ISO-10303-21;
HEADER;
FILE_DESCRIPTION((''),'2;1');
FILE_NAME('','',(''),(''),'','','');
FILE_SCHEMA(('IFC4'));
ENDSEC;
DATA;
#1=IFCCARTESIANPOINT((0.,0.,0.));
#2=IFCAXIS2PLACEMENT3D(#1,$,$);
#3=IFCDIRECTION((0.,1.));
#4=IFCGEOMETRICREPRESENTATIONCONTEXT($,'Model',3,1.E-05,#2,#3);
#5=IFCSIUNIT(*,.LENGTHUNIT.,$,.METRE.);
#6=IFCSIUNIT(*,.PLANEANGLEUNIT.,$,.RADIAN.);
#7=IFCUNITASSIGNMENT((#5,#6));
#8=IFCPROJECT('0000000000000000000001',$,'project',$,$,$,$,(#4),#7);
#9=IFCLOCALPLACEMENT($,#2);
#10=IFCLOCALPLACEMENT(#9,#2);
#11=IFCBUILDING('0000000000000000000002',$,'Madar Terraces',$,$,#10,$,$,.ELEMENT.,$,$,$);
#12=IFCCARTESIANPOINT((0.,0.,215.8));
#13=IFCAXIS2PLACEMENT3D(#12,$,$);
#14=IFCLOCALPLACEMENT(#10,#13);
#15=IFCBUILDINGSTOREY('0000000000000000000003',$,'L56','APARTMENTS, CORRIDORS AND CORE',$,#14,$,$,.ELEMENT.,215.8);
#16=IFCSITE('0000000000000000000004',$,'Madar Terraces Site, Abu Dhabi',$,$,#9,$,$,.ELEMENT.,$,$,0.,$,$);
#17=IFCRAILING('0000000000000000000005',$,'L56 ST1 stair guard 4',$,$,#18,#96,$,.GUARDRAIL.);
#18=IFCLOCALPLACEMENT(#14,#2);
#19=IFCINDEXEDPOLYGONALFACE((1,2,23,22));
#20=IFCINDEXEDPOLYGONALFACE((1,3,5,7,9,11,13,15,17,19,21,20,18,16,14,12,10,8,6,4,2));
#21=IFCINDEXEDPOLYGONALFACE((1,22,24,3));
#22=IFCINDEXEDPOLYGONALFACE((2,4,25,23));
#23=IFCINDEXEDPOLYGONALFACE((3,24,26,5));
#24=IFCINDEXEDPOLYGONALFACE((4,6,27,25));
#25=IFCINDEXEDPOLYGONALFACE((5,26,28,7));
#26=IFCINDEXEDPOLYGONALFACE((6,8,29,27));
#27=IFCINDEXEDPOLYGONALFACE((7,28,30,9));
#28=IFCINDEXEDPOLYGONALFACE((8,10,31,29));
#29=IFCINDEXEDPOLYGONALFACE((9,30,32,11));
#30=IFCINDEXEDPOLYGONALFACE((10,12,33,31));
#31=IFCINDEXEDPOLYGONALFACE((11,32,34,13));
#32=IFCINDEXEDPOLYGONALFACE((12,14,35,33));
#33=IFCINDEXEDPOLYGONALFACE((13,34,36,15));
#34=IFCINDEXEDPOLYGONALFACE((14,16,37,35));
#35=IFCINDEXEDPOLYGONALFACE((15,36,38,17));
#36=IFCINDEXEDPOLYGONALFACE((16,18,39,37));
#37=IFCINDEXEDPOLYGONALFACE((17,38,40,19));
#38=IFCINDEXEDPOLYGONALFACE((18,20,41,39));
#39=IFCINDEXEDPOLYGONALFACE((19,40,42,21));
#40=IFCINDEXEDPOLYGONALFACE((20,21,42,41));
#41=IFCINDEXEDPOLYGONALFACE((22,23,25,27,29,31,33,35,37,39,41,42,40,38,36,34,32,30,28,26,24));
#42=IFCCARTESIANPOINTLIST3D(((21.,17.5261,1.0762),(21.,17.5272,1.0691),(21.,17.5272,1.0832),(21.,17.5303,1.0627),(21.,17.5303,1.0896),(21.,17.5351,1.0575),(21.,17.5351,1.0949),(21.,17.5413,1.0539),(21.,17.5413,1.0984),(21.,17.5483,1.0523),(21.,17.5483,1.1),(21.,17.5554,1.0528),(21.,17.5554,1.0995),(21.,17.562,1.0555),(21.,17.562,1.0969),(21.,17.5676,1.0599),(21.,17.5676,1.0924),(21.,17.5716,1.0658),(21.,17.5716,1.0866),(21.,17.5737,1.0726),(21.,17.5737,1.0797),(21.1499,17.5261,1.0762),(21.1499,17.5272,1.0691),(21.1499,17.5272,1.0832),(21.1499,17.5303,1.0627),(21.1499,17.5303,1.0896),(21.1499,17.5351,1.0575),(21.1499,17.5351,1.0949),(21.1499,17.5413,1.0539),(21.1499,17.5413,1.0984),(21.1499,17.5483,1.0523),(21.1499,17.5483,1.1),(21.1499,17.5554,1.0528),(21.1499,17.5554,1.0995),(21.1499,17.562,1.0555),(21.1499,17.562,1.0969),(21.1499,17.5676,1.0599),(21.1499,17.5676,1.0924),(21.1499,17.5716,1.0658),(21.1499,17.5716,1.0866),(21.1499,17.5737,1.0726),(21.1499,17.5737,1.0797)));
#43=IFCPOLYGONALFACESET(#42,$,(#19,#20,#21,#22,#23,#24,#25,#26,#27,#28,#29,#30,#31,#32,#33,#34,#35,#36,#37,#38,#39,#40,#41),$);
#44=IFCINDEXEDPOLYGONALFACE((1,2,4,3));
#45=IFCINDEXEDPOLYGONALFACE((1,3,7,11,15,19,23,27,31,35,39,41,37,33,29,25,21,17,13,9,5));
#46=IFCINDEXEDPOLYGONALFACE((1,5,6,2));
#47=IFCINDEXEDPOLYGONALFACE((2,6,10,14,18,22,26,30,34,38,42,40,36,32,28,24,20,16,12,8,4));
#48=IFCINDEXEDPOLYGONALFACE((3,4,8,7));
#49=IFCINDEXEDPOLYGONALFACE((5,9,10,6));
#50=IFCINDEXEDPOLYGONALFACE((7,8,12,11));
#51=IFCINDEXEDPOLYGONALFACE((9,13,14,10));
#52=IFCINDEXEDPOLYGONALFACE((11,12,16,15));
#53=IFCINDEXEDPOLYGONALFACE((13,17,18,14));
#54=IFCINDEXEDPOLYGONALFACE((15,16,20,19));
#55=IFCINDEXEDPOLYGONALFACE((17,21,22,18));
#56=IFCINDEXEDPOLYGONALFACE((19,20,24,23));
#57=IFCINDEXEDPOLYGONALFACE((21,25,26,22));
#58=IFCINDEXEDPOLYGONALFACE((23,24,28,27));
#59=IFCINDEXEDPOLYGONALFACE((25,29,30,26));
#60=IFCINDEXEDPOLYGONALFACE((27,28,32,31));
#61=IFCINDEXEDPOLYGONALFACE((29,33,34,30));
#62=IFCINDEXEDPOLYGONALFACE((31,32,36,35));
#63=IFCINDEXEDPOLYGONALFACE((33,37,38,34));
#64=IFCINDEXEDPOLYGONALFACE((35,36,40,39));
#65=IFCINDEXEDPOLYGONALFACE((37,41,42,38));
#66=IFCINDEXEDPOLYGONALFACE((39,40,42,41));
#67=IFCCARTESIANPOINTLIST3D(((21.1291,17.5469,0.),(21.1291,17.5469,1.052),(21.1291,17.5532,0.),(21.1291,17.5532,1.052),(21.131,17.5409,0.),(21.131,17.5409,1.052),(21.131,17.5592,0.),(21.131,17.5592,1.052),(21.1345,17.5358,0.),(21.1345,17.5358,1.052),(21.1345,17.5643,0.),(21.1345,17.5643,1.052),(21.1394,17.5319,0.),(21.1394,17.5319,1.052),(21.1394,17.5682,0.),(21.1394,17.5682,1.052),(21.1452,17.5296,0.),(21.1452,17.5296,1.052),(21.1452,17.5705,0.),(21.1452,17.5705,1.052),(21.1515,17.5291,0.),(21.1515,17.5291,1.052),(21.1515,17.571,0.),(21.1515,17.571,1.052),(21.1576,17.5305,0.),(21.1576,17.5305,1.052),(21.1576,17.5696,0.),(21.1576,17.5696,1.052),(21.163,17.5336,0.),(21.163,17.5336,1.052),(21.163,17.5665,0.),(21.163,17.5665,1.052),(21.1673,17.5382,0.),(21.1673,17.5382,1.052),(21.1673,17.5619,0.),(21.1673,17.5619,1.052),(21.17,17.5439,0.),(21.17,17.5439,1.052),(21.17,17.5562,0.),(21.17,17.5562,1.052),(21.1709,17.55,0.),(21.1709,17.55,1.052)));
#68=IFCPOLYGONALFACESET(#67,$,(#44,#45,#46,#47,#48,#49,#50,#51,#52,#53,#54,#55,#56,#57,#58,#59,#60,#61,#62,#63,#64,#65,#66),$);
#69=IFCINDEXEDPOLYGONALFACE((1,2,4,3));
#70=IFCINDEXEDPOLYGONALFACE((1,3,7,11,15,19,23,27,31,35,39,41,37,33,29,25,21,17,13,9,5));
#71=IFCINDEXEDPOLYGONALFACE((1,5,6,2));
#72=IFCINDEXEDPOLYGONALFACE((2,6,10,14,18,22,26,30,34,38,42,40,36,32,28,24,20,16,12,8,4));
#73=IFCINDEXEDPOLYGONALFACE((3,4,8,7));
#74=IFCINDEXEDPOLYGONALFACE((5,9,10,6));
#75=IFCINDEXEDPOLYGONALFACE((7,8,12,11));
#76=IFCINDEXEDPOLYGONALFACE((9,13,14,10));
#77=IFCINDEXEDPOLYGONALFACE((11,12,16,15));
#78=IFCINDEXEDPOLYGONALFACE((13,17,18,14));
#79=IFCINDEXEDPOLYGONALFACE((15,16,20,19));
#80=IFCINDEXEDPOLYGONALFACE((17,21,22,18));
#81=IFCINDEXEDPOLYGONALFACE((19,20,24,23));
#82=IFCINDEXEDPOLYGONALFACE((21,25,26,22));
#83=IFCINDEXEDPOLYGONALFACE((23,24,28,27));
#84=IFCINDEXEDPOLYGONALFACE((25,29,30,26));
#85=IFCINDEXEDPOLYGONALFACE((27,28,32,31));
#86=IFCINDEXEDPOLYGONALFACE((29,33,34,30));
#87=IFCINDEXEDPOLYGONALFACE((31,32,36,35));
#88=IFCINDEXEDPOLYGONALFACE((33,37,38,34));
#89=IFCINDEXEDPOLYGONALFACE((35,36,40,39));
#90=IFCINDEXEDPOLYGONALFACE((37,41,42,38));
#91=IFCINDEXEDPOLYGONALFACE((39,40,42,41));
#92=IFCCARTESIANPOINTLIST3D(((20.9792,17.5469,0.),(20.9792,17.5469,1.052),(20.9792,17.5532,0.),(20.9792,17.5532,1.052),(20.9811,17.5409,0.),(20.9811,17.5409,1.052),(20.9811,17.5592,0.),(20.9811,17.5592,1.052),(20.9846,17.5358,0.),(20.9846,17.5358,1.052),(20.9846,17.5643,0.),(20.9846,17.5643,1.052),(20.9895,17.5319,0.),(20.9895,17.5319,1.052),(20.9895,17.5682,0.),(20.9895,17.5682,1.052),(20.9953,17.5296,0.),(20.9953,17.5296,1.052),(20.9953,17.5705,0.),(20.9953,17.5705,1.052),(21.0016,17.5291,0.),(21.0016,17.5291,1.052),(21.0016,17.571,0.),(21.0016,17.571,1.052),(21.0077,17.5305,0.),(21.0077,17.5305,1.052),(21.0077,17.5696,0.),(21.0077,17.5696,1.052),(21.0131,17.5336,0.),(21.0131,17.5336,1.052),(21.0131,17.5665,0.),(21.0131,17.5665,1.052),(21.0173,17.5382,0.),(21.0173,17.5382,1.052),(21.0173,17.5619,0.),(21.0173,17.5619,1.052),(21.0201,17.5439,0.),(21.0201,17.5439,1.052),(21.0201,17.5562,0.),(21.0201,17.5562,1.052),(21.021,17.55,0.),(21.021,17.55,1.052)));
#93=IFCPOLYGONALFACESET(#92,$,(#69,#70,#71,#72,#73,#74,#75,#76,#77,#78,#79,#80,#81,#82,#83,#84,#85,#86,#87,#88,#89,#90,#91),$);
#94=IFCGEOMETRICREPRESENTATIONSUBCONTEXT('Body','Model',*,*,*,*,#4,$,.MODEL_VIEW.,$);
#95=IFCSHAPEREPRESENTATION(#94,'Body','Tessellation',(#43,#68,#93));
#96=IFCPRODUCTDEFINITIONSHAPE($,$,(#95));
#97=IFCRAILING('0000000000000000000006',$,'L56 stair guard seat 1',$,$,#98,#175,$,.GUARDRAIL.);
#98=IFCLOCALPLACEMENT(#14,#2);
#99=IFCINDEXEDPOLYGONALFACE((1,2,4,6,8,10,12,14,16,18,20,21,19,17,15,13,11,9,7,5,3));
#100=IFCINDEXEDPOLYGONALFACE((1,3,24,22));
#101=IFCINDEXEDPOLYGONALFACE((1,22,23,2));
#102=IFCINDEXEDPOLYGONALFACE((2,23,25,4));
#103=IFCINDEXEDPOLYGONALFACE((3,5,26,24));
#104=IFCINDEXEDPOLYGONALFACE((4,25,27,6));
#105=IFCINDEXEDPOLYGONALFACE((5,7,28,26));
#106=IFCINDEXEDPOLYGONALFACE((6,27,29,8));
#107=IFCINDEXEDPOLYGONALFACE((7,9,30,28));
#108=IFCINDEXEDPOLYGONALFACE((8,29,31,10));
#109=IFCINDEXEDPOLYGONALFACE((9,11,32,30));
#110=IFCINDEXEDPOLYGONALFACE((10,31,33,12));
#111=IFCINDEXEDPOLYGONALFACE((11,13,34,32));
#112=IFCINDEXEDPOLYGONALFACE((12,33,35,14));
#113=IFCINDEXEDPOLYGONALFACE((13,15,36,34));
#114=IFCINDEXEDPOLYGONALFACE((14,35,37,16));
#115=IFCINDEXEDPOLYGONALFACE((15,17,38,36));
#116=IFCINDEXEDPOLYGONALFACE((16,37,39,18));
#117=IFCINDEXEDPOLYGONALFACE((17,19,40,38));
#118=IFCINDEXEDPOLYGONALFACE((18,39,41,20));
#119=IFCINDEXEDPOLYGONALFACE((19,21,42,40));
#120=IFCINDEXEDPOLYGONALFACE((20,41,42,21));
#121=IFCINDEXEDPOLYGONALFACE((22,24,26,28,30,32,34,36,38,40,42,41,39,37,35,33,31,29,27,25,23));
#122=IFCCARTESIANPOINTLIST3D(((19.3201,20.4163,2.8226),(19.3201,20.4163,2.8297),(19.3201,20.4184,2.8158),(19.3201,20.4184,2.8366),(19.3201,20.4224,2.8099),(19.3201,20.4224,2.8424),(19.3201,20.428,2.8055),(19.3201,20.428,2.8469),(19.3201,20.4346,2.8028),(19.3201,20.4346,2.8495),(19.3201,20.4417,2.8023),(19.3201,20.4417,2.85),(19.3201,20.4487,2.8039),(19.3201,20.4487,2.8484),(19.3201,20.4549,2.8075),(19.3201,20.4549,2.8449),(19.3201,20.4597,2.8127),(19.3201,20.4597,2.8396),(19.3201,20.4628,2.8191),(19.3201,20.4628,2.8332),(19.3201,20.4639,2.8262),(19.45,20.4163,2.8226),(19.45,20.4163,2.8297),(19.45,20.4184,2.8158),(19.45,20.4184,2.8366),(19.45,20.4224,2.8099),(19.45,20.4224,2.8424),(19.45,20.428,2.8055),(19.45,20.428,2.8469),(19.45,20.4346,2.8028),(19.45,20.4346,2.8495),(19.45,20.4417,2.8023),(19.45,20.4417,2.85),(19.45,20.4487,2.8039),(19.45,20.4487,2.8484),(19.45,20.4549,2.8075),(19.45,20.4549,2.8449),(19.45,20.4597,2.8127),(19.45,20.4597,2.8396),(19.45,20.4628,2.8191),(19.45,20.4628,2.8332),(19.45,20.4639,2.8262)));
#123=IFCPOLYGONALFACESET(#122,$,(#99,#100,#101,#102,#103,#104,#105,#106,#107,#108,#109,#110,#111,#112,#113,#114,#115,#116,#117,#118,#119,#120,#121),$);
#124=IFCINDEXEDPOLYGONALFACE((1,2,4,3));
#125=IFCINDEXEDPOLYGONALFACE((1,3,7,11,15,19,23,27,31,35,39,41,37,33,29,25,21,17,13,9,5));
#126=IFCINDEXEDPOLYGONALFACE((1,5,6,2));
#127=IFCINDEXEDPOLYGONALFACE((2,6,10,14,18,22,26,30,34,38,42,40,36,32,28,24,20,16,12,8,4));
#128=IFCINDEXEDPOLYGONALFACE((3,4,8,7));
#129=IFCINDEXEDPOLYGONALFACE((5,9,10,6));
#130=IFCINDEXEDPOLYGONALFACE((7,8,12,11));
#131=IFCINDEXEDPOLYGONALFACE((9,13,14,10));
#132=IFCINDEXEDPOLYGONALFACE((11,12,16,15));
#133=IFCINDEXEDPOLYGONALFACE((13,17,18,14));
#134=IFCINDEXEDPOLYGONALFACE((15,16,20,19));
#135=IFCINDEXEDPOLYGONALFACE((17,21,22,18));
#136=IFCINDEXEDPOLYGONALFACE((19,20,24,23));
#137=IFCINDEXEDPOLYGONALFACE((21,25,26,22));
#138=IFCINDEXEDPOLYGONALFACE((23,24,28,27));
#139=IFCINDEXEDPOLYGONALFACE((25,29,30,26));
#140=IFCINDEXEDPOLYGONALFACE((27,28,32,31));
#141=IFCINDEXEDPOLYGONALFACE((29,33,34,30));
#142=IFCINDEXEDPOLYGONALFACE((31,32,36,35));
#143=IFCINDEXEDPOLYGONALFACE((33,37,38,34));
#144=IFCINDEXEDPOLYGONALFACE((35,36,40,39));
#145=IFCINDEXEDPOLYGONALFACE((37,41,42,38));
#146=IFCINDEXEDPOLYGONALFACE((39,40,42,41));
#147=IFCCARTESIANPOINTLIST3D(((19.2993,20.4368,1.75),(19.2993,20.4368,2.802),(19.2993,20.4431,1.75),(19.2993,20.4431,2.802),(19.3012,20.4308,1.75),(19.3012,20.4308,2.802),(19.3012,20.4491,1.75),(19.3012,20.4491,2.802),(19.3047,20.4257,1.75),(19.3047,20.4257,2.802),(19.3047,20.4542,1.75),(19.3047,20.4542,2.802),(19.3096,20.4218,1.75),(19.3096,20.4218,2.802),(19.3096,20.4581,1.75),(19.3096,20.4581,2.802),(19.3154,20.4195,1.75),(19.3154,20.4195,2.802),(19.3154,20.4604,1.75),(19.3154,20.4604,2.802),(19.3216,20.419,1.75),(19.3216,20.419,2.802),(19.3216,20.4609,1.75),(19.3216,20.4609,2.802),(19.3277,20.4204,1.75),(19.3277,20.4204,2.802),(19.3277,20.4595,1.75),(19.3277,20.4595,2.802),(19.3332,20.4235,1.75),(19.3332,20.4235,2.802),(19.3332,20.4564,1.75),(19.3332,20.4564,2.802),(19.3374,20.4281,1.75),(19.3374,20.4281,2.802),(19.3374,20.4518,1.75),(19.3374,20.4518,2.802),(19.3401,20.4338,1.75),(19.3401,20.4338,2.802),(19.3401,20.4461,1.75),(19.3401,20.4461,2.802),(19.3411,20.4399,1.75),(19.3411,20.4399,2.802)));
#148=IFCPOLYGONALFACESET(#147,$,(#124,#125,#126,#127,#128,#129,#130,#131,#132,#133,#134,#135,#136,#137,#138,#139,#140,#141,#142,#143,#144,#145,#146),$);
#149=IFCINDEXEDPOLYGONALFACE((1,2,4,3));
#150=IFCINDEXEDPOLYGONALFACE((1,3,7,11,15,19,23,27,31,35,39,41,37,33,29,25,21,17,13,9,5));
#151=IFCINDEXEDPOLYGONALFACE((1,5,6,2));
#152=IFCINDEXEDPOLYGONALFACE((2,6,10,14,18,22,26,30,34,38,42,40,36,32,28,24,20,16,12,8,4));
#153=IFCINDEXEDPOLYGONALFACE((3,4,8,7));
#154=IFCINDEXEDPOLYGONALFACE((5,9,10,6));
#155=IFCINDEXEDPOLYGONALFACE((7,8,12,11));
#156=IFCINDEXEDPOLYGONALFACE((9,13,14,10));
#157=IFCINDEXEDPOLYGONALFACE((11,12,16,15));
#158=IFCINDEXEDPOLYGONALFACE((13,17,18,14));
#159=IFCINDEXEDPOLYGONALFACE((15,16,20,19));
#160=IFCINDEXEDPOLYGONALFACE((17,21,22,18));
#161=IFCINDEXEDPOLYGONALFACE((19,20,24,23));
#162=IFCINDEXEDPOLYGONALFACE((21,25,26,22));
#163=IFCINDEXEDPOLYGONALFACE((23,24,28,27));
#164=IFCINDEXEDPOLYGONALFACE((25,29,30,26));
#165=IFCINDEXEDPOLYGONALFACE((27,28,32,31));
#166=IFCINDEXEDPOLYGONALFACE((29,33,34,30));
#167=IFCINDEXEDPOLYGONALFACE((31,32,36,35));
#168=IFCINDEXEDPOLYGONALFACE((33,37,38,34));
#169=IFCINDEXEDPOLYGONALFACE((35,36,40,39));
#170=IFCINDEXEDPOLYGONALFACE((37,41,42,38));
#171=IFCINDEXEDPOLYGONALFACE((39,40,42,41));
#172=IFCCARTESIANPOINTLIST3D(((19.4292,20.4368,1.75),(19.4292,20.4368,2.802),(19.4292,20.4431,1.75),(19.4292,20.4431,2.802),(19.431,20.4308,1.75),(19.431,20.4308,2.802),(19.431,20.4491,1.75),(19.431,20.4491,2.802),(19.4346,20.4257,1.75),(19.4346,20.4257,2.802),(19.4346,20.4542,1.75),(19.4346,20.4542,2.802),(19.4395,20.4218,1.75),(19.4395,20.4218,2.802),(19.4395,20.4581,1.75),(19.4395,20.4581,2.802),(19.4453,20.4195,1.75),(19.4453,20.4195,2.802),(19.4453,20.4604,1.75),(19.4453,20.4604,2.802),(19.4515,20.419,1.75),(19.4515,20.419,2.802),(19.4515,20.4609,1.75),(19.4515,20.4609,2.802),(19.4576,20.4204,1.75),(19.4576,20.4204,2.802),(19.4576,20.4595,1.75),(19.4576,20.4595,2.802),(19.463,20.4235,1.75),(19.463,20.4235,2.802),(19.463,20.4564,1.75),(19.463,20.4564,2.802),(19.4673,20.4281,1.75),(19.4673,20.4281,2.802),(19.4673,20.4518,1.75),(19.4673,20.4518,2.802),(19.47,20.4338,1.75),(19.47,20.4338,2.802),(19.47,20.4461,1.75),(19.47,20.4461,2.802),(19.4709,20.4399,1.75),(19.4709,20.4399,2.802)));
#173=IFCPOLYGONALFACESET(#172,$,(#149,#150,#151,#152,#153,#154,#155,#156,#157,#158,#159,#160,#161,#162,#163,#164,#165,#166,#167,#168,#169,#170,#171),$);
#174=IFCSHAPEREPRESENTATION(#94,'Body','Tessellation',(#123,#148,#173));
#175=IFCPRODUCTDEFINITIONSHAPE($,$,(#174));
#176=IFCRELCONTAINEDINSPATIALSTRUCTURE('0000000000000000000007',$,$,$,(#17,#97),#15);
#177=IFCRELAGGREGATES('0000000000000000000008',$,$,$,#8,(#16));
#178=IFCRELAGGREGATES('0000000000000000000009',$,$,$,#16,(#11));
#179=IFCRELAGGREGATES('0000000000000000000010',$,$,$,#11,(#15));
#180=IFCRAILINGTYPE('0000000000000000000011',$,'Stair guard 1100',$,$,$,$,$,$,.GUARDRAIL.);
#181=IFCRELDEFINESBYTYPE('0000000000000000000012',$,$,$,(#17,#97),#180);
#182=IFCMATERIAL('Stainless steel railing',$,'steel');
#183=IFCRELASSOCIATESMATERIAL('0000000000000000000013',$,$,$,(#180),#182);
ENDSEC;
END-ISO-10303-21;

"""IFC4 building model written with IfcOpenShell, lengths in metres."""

from ifc_helpers import new_model, si_unit, direction, frame, origin, origin_2d, place, context, subcontext, project, spatial, circle, extrude, material, type_object, element, save


model = new_model("IFC4")

# Units and contexts
model_context = context("Model", 3, precision=1e-05, world=origin(), true_north=direction((0.0, 1.0)))
body_context = subcontext(model_context, "Body", "Model", "MODEL_VIEW")
ifc_project = project(units=[si_unit("LENGTHUNIT", "METRE"), si_unit("PLANEANGLEUNIT", "RADIAN")], contexts=[model_context])

# Site, building, storey
site_placement = place(None, origin())
site = spatial("IfcSite", under=ifc_project, at=site_placement, Name="Madar Terraces Site, Abu Dhabi", CompositionType="ELEMENT", RefElevation=0.0)
building_placement = place(site_placement, origin())
building = spatial("IfcBuilding", under=site, at=building_placement, Name="Madar Terraces", CompositionType="ELEMENT")
storey_placement = place(building_placement, frame((0.0, 0.0, 215.8)))
storey = spatial("IfcBuildingStorey", under=building, at=storey_placement, Name="L56", Description="APARTMENTS, CORRIDORS AND CORE", CompositionType="ELEMENT", Elevation=215.8)

# Railings
ifc_material_1 = material(Name="Stainless steel railing", Category="steel")
railing_type_1 = type_object("IfcRailingType", Name="Stair guard 1100", PredefinedType="GUARDRAIL", material=ifc_material_1)
railing_1_placement = place(storey_placement, frame((21.1499, 17.55, 0.0)))
element("IfcRailing", 1, at=railing_1_placement, inside=storey, type_object=railing_type_1, Name="L56 ST1 stair guard 4", PredefinedType="GUARDRAIL", context=body_context, shape_type="SweptSolid", body=[
    extrude(circle(Radius=0.0239, at=origin_2d()), frame((0.0, 0.0, 1.0762), z_axis=(-1.0, 0.0, 0.0), x_axis=(0.0, -1.0, 0.0)), (0.0, 0.0, 1.0), 0.1499),
    extrude(circle(Radius=0.021, at=origin_2d()), origin(), (0.0, 0.0, 1.0), 1.052),
    extrude(circle(Radius=0.021, at=origin_2d()), frame((-0.1499, 0.0, 0.0)), (0.0, 0.0, 1.0), 1.052),
])
for number, where, name in (
    (2, (19.3201, 20.4399, 1.75), "L56 stair guard seat 1"),
):
    element("IfcRailing", number, at=place(storey_placement, frame(where)), inside=storey, type_object=railing_type_1, Name=name, PredefinedType="GUARDRAIL", context=body_context, shape_type="SweptSolid", body=[
        extrude(circle(Radius=0.0239, at=origin_2d()), frame((0.0, 0.0, 1.0762), z_axis=(1.0, 0.0, 0.0), x_axis=(0.0, 1.0, 0.0)), (0.0, 0.0, 1.0), 0.1299),
        extrude(circle(Radius=0.021, at=origin_2d()), origin(), (0.0, 0.0, 1.0), 1.052),
        extrude(circle(Radius=0.021, at=origin_2d()), frame((0.1299, 0.0, 0.0)), (0.0, 0.0, 1.0), 1.052),
    ])

save(model, "model.ifc")
